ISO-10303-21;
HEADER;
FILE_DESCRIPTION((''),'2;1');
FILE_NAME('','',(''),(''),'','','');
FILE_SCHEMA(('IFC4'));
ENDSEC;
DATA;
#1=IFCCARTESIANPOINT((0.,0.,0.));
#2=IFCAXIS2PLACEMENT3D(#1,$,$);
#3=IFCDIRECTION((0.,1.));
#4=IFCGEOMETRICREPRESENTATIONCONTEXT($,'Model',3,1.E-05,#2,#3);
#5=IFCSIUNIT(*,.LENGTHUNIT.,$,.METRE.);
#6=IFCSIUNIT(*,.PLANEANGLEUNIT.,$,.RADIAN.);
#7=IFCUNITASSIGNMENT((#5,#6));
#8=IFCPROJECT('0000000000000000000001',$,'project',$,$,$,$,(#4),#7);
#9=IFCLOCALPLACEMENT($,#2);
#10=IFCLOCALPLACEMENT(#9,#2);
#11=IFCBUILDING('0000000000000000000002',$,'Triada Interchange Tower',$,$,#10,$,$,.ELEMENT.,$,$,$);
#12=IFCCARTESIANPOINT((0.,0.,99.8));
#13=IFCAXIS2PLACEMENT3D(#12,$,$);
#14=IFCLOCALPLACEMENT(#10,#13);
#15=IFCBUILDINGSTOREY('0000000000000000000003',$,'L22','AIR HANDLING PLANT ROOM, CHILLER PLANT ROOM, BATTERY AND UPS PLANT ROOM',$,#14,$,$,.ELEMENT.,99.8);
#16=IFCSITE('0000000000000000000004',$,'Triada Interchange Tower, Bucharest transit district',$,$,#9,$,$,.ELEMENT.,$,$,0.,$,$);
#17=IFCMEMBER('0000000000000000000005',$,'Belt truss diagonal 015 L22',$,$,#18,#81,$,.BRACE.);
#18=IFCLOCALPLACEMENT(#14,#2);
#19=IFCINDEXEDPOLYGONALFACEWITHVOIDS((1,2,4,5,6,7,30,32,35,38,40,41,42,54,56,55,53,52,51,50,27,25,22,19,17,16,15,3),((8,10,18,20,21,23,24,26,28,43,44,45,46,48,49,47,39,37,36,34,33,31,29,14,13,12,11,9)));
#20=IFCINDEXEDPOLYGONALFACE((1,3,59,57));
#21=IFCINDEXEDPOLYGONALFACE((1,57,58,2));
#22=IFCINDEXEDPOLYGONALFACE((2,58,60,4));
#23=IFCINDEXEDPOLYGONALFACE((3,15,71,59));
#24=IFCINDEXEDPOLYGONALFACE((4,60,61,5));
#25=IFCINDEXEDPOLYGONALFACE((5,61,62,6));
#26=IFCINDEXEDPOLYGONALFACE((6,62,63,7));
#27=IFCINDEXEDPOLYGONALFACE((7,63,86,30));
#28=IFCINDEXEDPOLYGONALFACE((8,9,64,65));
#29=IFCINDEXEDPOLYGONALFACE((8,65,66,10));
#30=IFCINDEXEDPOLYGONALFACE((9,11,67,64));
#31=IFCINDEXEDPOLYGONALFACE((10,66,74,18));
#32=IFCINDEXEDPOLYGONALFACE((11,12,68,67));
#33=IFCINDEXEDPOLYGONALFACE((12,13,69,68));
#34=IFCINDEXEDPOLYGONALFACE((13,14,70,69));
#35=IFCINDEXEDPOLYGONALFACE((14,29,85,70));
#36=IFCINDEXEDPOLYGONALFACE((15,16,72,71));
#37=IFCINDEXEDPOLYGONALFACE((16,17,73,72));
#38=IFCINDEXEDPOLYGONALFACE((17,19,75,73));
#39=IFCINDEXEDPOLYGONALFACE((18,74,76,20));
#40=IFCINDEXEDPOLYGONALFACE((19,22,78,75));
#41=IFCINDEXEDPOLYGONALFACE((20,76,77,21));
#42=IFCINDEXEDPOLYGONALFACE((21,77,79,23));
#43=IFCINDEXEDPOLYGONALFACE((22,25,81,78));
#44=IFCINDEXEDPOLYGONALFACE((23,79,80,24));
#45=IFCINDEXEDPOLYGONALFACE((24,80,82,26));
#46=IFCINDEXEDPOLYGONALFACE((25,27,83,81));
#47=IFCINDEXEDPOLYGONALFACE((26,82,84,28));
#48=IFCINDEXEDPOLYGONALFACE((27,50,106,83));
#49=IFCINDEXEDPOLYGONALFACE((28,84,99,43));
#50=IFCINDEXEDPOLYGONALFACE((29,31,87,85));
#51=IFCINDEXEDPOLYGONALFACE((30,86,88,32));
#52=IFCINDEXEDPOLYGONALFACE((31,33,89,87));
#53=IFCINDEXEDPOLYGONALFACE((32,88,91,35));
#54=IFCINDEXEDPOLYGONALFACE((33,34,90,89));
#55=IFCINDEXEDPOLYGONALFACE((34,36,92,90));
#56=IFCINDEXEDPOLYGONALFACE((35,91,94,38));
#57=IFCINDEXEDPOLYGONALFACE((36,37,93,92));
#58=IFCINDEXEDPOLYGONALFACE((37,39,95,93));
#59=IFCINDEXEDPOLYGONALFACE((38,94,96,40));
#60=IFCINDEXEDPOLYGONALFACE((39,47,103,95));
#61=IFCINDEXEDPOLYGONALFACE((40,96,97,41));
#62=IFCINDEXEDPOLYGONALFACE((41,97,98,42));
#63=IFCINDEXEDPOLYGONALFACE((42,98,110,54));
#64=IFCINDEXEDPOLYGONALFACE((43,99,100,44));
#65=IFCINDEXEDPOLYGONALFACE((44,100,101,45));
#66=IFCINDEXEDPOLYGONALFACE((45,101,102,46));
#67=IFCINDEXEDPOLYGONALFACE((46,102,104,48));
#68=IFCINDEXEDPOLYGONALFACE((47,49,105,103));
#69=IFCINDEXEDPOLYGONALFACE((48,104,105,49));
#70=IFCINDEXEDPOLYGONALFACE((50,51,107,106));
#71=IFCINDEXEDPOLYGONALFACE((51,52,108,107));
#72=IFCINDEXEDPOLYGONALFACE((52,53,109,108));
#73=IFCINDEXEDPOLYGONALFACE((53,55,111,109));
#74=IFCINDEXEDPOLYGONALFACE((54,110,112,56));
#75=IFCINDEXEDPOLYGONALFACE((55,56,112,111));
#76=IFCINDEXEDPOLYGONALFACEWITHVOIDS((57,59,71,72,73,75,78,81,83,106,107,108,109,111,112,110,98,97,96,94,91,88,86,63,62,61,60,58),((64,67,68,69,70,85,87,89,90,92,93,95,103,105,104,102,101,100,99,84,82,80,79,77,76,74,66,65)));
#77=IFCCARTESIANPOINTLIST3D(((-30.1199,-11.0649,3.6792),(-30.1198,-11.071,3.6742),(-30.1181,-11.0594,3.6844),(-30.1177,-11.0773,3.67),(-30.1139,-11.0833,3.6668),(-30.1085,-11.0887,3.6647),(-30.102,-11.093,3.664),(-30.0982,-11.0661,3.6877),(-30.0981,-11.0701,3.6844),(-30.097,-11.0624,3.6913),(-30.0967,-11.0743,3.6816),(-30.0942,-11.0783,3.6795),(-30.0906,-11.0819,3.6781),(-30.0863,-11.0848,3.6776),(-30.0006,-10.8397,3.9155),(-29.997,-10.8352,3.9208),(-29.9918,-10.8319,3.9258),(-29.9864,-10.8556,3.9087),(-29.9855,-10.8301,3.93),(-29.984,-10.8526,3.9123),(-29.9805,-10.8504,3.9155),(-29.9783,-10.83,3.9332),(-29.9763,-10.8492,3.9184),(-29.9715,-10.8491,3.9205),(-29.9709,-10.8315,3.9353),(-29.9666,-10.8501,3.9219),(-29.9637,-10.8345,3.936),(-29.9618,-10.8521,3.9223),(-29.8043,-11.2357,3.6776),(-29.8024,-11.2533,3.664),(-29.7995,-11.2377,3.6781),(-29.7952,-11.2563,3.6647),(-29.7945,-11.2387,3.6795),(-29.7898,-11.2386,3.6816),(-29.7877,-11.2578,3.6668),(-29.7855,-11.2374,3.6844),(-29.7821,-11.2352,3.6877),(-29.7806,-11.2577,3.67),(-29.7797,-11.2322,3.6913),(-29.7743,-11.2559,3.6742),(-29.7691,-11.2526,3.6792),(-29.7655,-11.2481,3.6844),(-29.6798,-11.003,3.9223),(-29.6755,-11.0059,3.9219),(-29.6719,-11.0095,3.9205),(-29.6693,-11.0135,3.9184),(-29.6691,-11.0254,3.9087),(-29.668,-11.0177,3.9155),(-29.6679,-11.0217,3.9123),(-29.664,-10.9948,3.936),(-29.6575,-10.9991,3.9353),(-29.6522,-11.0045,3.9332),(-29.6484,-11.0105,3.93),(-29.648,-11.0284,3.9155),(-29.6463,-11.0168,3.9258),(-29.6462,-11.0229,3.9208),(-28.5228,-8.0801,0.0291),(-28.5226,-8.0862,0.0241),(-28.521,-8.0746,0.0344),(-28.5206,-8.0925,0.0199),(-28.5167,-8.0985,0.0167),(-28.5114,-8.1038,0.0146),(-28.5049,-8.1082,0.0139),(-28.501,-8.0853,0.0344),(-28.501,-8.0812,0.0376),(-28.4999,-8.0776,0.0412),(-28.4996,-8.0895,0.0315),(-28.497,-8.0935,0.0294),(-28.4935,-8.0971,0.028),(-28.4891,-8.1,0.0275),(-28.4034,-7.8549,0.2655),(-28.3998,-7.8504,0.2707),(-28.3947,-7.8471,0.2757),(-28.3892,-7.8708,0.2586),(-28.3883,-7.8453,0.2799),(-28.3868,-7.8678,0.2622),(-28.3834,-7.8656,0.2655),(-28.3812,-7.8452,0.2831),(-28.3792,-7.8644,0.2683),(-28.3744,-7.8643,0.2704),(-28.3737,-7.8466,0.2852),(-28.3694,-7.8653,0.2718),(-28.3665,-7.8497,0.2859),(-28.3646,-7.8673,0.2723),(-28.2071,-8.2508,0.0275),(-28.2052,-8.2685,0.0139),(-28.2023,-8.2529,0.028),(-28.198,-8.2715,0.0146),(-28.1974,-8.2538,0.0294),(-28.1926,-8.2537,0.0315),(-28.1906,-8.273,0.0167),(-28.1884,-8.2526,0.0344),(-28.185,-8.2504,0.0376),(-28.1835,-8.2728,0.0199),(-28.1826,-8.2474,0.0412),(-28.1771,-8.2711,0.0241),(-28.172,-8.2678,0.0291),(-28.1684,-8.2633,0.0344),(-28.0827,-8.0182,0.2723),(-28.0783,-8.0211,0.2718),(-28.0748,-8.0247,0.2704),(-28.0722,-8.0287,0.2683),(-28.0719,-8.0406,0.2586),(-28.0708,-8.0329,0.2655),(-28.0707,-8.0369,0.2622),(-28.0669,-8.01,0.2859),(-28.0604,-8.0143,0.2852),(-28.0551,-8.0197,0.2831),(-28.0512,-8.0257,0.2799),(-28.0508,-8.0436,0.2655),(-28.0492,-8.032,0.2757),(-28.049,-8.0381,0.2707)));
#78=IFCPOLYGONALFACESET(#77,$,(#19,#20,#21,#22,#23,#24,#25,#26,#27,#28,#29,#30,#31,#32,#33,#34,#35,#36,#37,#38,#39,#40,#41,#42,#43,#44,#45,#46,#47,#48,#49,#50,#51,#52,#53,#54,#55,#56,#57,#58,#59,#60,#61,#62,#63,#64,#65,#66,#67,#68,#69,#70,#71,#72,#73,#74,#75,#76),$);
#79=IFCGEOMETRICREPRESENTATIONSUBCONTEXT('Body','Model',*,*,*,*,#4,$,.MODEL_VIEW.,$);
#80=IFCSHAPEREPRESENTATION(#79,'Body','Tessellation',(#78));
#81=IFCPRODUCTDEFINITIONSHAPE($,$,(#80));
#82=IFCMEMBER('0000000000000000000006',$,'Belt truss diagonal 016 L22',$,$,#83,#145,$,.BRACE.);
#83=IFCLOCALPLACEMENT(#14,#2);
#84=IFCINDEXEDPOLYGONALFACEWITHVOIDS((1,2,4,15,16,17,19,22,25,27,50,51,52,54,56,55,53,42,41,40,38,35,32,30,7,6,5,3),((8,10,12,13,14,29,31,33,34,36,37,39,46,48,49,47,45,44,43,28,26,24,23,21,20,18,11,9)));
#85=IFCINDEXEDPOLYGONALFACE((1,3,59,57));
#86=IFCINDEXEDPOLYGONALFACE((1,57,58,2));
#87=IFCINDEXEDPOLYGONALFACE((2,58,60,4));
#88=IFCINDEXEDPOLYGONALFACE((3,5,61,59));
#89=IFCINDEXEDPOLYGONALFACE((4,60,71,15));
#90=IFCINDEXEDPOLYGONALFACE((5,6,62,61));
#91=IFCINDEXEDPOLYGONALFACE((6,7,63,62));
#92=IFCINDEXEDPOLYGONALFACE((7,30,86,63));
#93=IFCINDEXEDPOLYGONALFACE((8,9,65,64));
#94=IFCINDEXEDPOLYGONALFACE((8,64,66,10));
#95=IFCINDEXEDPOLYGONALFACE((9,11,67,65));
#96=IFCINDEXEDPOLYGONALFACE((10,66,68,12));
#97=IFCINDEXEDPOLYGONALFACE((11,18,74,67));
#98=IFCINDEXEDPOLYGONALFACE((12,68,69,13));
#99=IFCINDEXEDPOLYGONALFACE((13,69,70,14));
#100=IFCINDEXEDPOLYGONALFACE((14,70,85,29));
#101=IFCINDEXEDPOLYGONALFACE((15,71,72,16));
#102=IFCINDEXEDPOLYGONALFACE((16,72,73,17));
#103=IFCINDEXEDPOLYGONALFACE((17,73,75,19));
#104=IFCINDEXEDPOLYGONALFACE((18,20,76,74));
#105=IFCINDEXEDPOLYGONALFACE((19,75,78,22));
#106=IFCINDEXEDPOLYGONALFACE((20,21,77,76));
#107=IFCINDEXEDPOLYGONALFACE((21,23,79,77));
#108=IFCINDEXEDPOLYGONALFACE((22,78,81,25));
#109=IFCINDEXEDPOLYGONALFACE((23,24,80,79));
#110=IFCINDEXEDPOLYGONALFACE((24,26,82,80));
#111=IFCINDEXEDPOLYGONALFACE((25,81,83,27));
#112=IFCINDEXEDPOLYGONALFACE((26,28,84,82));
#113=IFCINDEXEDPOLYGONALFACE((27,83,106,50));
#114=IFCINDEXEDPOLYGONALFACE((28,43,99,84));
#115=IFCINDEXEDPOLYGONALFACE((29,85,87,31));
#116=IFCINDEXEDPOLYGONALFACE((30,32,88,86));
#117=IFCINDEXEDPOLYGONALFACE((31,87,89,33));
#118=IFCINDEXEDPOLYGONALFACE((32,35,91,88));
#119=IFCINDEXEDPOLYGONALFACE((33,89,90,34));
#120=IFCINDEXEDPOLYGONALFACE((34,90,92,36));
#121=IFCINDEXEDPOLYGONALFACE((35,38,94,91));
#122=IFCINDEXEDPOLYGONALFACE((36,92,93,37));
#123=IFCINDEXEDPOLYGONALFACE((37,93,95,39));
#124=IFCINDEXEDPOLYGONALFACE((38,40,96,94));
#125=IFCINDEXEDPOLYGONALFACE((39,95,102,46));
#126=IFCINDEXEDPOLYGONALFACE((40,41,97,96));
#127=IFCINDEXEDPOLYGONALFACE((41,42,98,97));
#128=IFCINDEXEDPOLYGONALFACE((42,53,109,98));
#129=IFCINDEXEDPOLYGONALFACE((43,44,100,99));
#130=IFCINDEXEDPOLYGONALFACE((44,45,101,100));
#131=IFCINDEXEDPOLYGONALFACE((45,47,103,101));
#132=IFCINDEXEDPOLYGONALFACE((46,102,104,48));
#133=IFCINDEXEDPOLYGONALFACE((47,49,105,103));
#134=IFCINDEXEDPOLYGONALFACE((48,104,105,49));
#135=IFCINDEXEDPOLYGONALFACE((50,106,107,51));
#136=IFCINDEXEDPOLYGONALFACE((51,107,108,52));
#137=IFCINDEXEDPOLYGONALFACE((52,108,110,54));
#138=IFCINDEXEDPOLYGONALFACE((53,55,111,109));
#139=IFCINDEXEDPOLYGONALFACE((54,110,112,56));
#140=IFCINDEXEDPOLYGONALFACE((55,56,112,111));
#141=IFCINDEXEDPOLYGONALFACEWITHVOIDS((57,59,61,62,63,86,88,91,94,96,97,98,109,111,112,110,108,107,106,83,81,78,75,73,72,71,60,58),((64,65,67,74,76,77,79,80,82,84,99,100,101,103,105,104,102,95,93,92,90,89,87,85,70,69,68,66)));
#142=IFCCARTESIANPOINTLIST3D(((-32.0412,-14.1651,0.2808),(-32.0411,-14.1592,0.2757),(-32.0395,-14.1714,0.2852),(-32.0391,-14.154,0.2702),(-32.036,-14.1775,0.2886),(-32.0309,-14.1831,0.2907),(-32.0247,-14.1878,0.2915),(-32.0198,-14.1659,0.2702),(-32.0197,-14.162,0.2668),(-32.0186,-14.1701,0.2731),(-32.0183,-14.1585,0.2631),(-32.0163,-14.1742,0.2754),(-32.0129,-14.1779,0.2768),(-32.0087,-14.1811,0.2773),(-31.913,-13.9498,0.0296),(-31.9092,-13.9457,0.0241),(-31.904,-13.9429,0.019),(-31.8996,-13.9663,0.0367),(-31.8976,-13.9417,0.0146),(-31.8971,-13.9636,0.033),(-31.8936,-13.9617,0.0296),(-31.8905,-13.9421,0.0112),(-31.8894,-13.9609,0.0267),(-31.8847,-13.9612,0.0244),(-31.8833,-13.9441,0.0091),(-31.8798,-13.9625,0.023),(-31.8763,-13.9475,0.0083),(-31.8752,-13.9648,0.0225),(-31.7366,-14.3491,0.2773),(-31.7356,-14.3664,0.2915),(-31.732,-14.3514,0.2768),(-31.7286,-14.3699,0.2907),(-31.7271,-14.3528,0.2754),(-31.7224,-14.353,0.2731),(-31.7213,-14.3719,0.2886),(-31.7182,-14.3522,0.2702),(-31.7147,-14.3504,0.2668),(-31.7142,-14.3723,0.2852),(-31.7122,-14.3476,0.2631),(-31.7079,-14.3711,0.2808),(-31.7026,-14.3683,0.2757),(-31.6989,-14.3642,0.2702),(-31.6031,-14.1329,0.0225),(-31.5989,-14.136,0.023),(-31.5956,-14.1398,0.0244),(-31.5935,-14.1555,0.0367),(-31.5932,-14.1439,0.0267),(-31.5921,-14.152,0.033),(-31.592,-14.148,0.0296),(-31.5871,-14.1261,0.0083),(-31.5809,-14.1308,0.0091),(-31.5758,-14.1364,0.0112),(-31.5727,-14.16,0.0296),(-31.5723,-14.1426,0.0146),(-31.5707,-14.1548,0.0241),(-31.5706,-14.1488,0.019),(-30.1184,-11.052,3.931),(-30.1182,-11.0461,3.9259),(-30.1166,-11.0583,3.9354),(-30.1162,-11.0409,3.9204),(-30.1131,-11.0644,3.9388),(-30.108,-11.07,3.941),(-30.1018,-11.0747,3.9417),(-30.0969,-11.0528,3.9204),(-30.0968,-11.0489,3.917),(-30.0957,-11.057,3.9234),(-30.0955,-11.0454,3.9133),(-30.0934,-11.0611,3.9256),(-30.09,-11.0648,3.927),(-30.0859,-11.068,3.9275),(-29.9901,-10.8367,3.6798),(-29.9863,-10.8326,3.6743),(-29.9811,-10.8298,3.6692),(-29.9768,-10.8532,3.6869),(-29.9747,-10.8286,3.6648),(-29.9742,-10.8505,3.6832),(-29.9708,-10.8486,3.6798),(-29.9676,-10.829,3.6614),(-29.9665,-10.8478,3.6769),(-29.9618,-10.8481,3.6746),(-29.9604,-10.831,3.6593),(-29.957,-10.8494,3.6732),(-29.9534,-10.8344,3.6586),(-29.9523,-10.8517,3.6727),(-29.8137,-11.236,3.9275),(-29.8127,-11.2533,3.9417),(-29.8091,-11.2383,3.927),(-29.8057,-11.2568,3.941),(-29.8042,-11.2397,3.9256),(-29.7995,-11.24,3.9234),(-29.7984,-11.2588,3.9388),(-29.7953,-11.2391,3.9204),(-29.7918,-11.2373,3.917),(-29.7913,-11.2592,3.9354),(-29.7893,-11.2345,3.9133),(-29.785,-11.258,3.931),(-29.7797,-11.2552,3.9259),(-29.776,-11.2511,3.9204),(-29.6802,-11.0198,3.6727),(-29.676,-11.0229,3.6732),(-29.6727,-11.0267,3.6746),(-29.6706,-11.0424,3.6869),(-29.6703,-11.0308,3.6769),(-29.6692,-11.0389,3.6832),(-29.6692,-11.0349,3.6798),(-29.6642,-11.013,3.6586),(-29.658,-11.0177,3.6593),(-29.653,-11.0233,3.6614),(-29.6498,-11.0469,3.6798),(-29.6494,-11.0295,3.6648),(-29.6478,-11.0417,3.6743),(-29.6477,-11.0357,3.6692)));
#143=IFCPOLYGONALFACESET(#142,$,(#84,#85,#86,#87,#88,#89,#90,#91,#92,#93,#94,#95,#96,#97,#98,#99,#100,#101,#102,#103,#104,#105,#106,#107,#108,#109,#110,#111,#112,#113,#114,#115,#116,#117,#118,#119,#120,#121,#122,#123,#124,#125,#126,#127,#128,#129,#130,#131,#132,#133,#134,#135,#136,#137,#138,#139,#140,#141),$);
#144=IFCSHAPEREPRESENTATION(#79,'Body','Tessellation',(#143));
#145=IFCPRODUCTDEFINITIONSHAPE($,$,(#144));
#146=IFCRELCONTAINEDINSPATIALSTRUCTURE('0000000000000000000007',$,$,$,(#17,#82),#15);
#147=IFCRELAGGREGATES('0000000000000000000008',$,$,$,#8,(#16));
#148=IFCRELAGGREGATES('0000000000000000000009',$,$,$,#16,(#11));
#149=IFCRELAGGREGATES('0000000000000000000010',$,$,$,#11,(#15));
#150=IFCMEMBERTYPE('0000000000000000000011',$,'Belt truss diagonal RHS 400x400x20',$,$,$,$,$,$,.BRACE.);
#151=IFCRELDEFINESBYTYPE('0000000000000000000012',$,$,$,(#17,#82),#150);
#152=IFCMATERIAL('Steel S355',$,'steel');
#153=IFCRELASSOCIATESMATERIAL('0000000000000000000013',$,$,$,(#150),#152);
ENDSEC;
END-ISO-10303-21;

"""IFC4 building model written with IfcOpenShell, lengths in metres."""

from ifc_helpers import new_model, si_unit, direction, frame, origin, origin_2d, place, context, subcontext, project, spatial, hollow_rectangle, extrude, material, material_profile, profile_set, type_object, element, save


model = new_model("IFC4")

# Units and contexts
model_context = context("Model", 3, precision=1e-05, world=origin(), true_north=direction((0.0, 1.0)))
body_context = subcontext(model_context, "Body", "Model", "MODEL_VIEW")
ifc_project = project(units=[si_unit("LENGTHUNIT", "METRE"), si_unit("PLANEANGLEUNIT", "RADIAN")], contexts=[model_context])

# Site, building, storey
site_placement = place(None, origin())
site = spatial("IfcSite", under=ifc_project, at=site_placement, Name="Triada Interchange Tower, Bucharest transit district", CompositionType="ELEMENT", RefElevation=0.0)
building_placement = place(site_placement, origin())
building = spatial("IfcBuilding", under=site, at=building_placement, Name="Triada Interchange Tower", CompositionType="ELEMENT")
storey_placement = place(building_placement, frame((0.0, 0.0, 99.8)))
storey = spatial("IfcBuildingStorey", under=building, at=storey_placement, Name="L22", Description="AIR HANDLING PLANT ROOM, CHILLER PLANT ROOM, BATTERY AND UPS PLANT ROOM", CompositionType="ELEMENT", Elevation=99.8)

# Members
ifc_material_1 = material(Name="Steel S355", Category="steel")
ifc_material_profile_1 = material_profile(ifc_material_1, hollow_rectangle(XDim=0.3999, YDim=0.3999, WallThickness=0.02, InnerFilletRadius=0.02, OuterFilletRadius=0.03, at=origin_2d()), Name="RHS 400x400x20")
ifc_profile_set_1 = profile_set([ifc_material_profile_1], Name="Steel S355")
member_type = type_object("IfcMemberType", Name="Belt truss diagonal RHS 400x400x20", PredefinedType="BRACE", material=ifc_profile_set_1)
member_1_placement = place(storey_placement, frame((-28.2859, -8.0591, 0.1499), z_axis=(-0.320823, -0.599569, 0.733205), x_axis=(0.881709, -0.471793, 0.0)))
element("IfcMember", 1, at=member_1_placement, inside=storey, type_object=member_type, Name="Belt truss diagonal 015 L22", PredefinedType="BRACE", context=body_context, shape_type="SweptSolid", body=[
    extrude(hollow_rectangle(XDim=0.3999, YDim=0.3999, WallThickness=0.02, InnerFilletRadius=0.02, OuterFilletRadius=0.03, at=origin_2d()), origin(), (0.0, 0.0, 1.0), 4.9783),
])
member_2_placement = place(storey_placement, frame((-31.8059, -14.157, 0.1499), z_axis=(0.372043, 0.602326, 0.706249), x_axis=(-0.850787, 0.525511, 0.0)))
element("IfcMember", 2, at=member_2_placement, inside=storey, type_object=member_type, Name="Belt truss diagonal 016 L22", PredefinedType="BRACE", context=body_context, shape_type="SweptSolid", body=[
    extrude(hollow_rectangle(XDim=0.3999, YDim=0.3999, WallThickness=0.02, InnerFilletRadius=0.02, OuterFilletRadius=0.03, at=origin_2d()), origin(), (0.0, 0.0, 1.0), 5.1685),
])

save(model, "model.ifc")
